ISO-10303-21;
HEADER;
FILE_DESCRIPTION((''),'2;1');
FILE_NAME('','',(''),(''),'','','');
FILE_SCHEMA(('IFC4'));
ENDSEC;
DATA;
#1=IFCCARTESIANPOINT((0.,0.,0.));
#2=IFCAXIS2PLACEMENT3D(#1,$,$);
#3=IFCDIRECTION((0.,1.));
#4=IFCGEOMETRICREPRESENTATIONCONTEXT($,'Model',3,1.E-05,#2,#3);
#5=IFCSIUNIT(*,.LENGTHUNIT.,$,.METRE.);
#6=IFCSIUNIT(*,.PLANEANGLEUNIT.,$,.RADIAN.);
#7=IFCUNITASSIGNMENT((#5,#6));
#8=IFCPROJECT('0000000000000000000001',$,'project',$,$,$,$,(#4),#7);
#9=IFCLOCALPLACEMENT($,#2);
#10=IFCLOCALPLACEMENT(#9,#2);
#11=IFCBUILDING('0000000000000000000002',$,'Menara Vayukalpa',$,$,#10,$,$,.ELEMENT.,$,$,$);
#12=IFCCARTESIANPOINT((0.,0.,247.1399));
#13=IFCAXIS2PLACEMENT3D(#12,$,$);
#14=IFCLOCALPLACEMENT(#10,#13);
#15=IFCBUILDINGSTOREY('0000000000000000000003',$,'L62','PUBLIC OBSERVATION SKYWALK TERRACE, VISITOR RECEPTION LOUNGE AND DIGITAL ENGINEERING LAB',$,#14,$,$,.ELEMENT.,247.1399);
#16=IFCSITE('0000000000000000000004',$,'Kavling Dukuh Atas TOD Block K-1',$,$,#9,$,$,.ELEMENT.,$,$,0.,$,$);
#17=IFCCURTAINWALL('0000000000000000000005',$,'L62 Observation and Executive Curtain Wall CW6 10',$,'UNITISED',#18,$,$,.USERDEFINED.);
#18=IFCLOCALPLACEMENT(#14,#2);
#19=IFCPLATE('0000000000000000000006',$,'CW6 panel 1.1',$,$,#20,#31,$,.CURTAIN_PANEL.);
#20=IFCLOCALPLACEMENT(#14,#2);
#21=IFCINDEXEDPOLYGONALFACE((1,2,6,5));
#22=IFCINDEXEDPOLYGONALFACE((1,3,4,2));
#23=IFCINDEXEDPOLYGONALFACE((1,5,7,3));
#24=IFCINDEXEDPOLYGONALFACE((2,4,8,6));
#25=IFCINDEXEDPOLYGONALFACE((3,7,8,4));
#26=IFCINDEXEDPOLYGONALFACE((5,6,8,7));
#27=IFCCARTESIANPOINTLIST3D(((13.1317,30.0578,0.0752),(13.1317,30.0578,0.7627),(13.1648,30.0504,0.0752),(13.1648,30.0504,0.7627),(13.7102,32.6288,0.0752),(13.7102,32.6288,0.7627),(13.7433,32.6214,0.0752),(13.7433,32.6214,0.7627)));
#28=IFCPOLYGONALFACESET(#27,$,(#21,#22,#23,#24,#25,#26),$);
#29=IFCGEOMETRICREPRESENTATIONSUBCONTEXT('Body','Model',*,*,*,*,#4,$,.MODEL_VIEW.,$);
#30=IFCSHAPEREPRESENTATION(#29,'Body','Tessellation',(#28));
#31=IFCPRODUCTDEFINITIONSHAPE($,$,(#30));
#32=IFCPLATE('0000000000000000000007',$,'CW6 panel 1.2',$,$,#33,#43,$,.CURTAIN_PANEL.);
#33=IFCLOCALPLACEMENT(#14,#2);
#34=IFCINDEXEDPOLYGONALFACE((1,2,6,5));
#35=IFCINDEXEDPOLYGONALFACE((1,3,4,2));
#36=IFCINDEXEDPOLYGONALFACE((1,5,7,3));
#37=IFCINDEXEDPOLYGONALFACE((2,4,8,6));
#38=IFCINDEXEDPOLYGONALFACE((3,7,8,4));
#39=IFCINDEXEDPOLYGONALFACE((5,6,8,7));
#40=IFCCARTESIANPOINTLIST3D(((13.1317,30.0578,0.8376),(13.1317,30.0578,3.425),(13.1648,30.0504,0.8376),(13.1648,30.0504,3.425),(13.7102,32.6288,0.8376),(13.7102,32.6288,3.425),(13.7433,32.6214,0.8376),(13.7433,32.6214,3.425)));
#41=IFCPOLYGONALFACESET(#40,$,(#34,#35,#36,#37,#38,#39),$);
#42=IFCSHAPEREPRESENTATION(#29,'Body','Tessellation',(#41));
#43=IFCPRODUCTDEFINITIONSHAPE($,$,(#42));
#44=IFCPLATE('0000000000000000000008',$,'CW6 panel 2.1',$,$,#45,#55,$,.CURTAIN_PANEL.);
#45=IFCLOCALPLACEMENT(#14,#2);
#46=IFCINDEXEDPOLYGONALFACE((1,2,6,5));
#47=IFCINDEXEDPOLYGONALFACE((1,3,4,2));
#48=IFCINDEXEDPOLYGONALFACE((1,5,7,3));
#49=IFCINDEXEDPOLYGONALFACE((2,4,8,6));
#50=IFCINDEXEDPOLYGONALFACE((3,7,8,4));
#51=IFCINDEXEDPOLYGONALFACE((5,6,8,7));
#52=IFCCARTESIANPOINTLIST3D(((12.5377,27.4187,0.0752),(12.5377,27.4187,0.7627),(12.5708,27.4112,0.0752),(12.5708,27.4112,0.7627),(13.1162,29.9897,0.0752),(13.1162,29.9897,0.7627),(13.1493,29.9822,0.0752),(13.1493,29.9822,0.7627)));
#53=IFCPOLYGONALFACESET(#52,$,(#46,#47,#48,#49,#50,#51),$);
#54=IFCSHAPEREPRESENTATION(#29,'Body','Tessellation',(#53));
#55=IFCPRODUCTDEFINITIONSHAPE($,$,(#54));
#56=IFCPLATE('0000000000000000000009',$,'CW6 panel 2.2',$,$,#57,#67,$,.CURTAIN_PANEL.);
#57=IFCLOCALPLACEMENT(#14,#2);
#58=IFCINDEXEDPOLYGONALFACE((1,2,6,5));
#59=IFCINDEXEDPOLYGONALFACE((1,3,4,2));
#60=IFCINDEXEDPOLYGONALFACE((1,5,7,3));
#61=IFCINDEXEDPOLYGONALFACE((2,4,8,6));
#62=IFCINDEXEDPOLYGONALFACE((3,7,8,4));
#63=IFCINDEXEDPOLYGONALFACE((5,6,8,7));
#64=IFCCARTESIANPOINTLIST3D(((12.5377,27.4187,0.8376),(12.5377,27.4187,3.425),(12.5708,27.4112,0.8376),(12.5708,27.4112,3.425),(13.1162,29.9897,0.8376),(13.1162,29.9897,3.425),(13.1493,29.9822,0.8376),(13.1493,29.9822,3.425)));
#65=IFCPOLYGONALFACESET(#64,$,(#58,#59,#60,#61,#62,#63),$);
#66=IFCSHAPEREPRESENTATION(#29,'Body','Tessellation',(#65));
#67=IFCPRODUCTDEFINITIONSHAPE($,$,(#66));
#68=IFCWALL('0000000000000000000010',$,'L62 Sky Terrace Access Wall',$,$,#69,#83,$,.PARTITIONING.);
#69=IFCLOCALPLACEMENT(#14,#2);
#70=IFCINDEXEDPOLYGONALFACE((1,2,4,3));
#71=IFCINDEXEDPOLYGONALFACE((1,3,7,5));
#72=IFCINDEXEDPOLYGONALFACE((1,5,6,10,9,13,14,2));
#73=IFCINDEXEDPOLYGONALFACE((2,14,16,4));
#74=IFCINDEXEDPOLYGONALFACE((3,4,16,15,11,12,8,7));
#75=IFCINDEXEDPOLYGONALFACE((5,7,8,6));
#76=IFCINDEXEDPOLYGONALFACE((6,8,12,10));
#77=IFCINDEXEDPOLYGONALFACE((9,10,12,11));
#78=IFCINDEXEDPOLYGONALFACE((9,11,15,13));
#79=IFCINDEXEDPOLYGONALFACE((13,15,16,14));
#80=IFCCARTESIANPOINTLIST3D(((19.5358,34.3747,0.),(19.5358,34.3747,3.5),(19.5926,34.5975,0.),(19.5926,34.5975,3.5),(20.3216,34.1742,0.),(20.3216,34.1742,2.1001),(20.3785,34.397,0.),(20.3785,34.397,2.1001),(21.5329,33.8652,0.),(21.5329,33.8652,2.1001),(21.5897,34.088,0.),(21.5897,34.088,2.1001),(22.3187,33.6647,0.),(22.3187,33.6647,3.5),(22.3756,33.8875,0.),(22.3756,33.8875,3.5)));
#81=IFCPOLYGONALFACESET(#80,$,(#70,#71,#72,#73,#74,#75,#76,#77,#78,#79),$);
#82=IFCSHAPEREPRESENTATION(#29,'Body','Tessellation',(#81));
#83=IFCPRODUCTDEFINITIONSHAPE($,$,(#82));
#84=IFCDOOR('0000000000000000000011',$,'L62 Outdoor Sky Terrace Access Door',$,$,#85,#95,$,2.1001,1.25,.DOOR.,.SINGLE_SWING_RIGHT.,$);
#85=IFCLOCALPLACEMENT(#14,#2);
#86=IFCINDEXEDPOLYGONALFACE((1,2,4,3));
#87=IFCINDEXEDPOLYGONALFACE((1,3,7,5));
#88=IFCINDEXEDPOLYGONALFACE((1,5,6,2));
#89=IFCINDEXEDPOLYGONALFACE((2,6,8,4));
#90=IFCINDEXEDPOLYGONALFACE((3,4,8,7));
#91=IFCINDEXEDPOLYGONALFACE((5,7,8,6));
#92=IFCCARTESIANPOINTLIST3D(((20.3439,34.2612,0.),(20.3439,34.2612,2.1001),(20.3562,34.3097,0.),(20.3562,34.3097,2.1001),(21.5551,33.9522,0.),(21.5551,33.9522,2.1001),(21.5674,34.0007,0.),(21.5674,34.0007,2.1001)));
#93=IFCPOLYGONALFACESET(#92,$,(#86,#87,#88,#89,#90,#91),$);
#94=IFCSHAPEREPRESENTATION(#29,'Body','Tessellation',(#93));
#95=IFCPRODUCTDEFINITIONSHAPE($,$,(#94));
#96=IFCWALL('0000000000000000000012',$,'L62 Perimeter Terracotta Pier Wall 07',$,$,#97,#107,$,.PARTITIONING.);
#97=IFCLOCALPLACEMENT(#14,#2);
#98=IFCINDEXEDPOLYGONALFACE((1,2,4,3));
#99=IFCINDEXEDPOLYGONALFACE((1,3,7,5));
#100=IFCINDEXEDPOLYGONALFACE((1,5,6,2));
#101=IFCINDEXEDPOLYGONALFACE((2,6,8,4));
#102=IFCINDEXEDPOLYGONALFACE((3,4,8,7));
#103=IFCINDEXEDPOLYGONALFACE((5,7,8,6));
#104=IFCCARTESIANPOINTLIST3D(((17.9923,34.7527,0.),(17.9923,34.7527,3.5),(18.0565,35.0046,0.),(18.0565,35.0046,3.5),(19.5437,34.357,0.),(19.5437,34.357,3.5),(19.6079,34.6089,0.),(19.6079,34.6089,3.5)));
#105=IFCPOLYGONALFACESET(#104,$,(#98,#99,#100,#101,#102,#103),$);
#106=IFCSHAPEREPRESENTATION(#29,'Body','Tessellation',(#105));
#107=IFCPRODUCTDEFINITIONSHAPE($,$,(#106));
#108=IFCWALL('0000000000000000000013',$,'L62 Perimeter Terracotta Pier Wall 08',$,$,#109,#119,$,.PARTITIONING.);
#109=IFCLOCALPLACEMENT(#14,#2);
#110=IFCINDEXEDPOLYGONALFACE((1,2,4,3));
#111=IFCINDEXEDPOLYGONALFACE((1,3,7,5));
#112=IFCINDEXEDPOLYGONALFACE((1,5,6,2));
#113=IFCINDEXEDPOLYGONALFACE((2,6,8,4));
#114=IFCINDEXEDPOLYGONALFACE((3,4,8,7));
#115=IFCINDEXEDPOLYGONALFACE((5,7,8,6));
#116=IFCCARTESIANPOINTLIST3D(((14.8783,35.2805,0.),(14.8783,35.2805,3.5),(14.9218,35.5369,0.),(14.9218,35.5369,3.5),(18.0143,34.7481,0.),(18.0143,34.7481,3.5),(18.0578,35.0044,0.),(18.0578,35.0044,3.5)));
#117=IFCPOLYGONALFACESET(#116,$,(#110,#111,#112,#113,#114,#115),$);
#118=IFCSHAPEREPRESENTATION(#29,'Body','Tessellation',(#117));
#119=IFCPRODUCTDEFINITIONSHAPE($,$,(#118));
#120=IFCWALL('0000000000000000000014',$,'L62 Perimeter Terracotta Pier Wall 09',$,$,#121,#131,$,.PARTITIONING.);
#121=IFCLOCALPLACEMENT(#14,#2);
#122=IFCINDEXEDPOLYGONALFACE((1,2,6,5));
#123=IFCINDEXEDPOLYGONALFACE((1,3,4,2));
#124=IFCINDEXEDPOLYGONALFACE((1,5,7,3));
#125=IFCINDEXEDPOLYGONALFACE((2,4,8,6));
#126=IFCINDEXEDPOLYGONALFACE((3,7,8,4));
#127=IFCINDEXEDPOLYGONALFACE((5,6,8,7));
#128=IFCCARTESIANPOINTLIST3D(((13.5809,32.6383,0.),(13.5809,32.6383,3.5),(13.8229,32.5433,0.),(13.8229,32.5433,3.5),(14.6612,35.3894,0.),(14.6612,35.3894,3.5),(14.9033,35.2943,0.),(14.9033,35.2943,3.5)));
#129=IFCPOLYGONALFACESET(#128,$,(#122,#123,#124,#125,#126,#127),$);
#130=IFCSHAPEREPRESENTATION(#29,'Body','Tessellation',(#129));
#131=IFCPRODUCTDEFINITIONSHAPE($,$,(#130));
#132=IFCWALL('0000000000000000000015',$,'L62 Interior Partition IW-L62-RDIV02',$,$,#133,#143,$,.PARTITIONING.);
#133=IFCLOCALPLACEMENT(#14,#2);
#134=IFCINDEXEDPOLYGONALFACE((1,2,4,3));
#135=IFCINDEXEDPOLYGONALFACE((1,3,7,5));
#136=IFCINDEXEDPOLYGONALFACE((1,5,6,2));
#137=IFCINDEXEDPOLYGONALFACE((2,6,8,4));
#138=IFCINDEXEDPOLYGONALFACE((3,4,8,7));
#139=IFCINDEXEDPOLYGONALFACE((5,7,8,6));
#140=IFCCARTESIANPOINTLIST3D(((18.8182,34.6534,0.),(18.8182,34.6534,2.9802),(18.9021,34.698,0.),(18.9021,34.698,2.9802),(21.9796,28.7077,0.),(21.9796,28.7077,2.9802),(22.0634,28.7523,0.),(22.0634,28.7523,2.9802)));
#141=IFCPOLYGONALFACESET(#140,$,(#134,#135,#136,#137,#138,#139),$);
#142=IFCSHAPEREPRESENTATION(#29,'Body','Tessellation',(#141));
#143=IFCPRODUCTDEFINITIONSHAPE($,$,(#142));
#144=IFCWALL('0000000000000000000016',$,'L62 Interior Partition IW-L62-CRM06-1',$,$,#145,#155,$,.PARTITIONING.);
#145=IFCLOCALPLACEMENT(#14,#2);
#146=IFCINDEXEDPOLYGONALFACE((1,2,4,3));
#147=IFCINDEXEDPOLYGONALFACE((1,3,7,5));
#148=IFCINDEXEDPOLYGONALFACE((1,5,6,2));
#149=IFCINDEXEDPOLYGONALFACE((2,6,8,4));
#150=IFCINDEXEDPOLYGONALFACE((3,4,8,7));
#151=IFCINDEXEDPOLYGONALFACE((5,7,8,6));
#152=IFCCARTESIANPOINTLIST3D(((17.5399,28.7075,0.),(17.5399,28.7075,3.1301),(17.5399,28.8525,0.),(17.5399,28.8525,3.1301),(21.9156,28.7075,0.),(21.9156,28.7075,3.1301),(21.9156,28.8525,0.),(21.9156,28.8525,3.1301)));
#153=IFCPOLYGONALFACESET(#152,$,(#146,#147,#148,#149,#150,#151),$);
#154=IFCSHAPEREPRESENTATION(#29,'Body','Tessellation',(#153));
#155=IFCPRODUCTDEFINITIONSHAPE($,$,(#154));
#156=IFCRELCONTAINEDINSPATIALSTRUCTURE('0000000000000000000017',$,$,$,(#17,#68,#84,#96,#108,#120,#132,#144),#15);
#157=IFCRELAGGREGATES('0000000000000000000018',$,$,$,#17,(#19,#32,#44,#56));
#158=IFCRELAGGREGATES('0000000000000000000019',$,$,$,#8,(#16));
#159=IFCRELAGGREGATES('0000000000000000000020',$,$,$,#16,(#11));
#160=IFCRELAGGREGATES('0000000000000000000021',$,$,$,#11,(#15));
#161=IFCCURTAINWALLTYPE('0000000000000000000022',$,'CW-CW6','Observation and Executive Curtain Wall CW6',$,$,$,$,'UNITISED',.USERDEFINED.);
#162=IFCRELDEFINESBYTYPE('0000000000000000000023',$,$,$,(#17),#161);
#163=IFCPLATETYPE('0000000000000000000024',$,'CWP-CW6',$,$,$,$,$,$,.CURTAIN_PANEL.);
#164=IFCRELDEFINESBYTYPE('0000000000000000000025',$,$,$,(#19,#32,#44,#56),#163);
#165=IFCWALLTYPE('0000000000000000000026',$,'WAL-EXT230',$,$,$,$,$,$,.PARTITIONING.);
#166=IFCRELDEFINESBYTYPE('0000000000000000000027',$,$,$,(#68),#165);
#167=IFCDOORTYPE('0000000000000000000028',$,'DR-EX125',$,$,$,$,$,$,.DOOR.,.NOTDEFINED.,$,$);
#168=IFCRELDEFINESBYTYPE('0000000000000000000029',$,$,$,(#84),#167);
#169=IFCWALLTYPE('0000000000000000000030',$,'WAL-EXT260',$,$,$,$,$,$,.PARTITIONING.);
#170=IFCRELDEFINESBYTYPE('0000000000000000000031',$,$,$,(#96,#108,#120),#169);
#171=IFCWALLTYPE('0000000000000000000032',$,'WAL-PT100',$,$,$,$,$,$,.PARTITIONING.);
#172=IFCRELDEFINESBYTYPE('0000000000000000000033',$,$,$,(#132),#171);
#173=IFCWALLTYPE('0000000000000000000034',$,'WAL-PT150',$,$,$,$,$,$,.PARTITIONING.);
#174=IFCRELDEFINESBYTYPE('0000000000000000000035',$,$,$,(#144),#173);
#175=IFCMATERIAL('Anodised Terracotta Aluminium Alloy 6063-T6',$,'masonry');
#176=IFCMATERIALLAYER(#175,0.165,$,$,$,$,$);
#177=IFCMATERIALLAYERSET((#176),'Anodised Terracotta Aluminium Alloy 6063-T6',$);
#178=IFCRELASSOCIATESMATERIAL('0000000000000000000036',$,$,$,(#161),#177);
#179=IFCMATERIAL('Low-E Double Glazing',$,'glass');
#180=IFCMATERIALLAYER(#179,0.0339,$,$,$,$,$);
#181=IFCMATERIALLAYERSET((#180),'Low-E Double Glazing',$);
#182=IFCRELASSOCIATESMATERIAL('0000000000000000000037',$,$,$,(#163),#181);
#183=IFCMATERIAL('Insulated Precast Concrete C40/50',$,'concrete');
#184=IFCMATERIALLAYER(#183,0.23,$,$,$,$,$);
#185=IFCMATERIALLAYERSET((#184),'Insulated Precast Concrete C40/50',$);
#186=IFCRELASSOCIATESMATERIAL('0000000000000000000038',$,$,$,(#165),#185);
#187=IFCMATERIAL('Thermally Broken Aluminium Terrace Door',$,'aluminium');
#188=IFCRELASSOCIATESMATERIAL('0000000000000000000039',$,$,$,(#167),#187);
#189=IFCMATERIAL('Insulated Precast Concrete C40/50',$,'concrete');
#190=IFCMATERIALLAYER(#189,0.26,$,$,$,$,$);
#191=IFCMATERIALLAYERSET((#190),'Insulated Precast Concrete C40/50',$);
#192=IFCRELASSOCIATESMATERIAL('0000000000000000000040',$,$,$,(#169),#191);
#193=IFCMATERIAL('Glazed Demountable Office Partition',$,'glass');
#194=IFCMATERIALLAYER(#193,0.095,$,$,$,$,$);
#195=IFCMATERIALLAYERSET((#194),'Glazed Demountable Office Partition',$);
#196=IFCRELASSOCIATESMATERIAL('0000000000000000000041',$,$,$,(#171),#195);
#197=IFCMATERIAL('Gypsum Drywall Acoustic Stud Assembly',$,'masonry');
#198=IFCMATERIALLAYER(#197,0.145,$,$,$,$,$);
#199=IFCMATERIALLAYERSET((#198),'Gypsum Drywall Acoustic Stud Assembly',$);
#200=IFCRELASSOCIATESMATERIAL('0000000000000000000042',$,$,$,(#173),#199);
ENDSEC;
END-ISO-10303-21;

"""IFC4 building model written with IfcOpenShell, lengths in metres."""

from ifc_helpers import new_model, si_unit, direction, frame, frame_2d, origin, origin_2d, place, context, subcontext, project, spatial, rectangle, extrude, material, layer, layer_set, type_object, element, fill, aggregate, save


model = new_model("IFC4")

# Units and contexts
model_context = context("Model", 3, precision=1e-05, world=origin(), true_north=direction((0.0, 1.0)))
body_context = subcontext(model_context, "Body", "Model", "MODEL_VIEW")
ifc_project = project(units=[si_unit("LENGTHUNIT", "METRE"), si_unit("PLANEANGLEUNIT", "RADIAN")], contexts=[model_context])

# Site, building, storey
site_placement = place(None, origin())
site = spatial("IfcSite", under=ifc_project, at=site_placement, Name="Kavling Dukuh Atas TOD Block K-1", CompositionType="ELEMENT", RefElevation=0.0)
building_placement = place(site_placement, origin())
building = spatial("IfcBuilding", under=site, at=building_placement, Name="Menara Vayukalpa", CompositionType="ELEMENT")
storey_placement = place(building_placement, frame((0.0, 0.0, 247.1399)))
storey = spatial("IfcBuildingStorey", under=building, at=storey_placement, Name="L62", Description="PUBLIC OBSERVATION SKYWALK TERRACE, VISITOR RECEPTION LOUNGE AND DIGITAL ENGINEERING LAB", CompositionType="ELEMENT", Elevation=247.1399)

# Curtain wall
ifc_material_1 = material(Name="Anodised Terracotta Aluminium Alloy 6063-T6", Category="masonry")
ifc_layer_1 = layer(ifc_material_1, 0.165)
ifc_layer_set_1 = layer_set([ifc_layer_1], Name="Anodised Terracotta Aluminium Alloy 6063-T6")
curtain_wall_type = type_object("IfcCurtainWallType", Name="CW-CW6", Description="Observation and Executive Curtain Wall CW6", ElementType="UNITISED", PredefinedType="USERDEFINED", material=ifc_layer_set_1)
curtain_wall_1_placement = place(storey_placement, origin())
curtain_wall_1 = element("IfcCurtainWall", 1, at=curtain_wall_1_placement, inside=storey, type_object=curtain_wall_type, Name="L62 Observation and Executive Curtain Wall CW6 10", ObjectType="UNITISED", PredefinedType="USERDEFINED")

# Plates
ifc_material_2 = material(Name="Low-E Double Glazing", Category="glass")
ifc_layer_2 = layer(ifc_material_2, 0.0339)
ifc_layer_set_2 = layer_set([ifc_layer_2], Name="Low-E Double Glazing")
plate_type = type_object("IfcPlateType", Name="CWP-CW6", PredefinedType="CURTAIN_PANEL", material=ifc_layer_set_2)
plate_1_placement = place(storey_placement, frame((13.4375, 31.3396, 0.0752), z_axis=(0.0, 0.0, 1.0), x_axis=(-0.219515, -0.975609, 0.0)))
plate_1 = element("IfcPlate", 2, at=plate_1_placement, type_object=plate_type, Name="CW6 panel 1.1", PredefinedType="CURTAIN_PANEL", context=body_context, shape_type="SweptSolid", body=[
    extrude(rectangle(XDim=2.6353, YDim=0.0339, at=origin_2d()), origin(), (0.0, 0.0, 1.0), 0.6875),
])
plate_2_placement = place(storey_placement, frame((13.4375, 31.3396, 0.8376), z_axis=(0.0, 0.0, 1.0), x_axis=(-0.219515, -0.975609, 0.0)))
plate_2 = element("IfcPlate", 3, at=plate_2_placement, type_object=plate_type, Name="CW6 panel 1.2", PredefinedType="CURTAIN_PANEL", context=body_context, shape_type="SweptSolid", body=[
    extrude(rectangle(XDim=2.6353, YDim=0.0339, at=origin_2d()), origin(), (0.0, 0.0, 1.0), 2.5874),
])
plate_3_placement = place(storey_placement, frame((12.8435, 28.7004, 0.0752), z_axis=(0.0, 0.0, 1.0), x_axis=(-0.219515, -0.975609, 0.0)))
plate_3 = element("IfcPlate", 4, at=plate_3_placement, type_object=plate_type, Name="CW6 panel 2.1", PredefinedType="CURTAIN_PANEL", context=body_context, shape_type="SweptSolid", body=[
    extrude(rectangle(XDim=2.6353, YDim=0.0339, at=origin_2d()), origin(), (0.0, 0.0, 1.0), 0.6875),
])
plate_4_placement = place(storey_placement, frame((12.8435, 28.7004, 0.8376), z_axis=(0.0, 0.0, 1.0), x_axis=(-0.219515, -0.975609, 0.0)))
plate_4 = element("IfcPlate", 5, at=plate_4_placement, type_object=plate_type, Name="CW6 panel 2.2", PredefinedType="CURTAIN_PANEL", context=body_context, shape_type="SweptSolid", body=[
    extrude(rectangle(XDim=2.6353, YDim=0.0339, at=origin_2d()), origin(), (0.0, 0.0, 1.0), 2.5874),
])
aggregate(curtain_wall_1, [plate_1, plate_2, plate_3, plate_4])

# Wall, opening, door
ifc_material_3 = material(Name="Insulated Precast Concrete C40/50", Category="concrete")
ifc_layer_3 = layer(ifc_material_3, 0.23)
ifc_layer_set_3 = layer_set([ifc_layer_3], Name="Insulated Precast Concrete C40/50")
wall_type_1 = type_object("IfcWallType", Name="WAL-EXT230", PredefinedType="PARTITIONING", material=ifc_layer_set_3)
wall_1_placement = place(storey_placement, frame((19.5642, 34.4861, 0.0), z_axis=(0.0, 0.0, 1.0), x_axis=(0.968966, -0.247193, 0.0)))
wall_1 = element("IfcWall", 6, at=wall_1_placement, inside=storey, type_object=wall_type_1, Name="L62 Sky Terrace Access Wall", PredefinedType="PARTITIONING", context=body_context, shape_type="SweptSolid", body=[
    extrude(rectangle(XDim=2.8721, YDim=0.23, at=frame_2d((1.436, 0.0))), origin(), (0.0, 0.0, 1.0), 3.5),
])
opening_1_placement = place(wall_1_placement, frame((0.811, 0.0, 0.0)))
opening_1 = element("IfcOpeningElement", 7, at=opening_1_placement, cuts=wall_1, PredefinedType="OPENING", context=body_context, shape_type="SweptSolid", body=[
    extrude(rectangle(XDim=1.25, YDim=2.1001, at=frame_2d((0.625, 1.05))), frame((0.0, 0.125, 0.0), z_axis=(0.0, -1.0, 0.0), x_axis=(1.0, 0.0, 0.0)), (0.0, 0.0, 1.0), 0.25),
])
ifc_material_4 = material(Name="Thermally Broken Aluminium Terrace Door", Category="aluminium")
door_type_1 = type_object("IfcDoorType", Name="DR-EX125", OperationType="NOTDEFINED", PredefinedType="DOOR", material=ifc_material_4)
door_1_placement = place(opening_1_placement, origin())
door_1 = element("IfcDoor", 8, at=door_1_placement, inside=storey, type_object=door_type_1, Name="L62 Outdoor Sky Terrace Access Door", OperationType="SINGLE_SWING_RIGHT", OverallHeight=2.1001, OverallWidth=1.25, PredefinedType="DOOR", context=body_context, shape_type="SweptSolid", body=[
    extrude(rectangle(XDim=1.25, YDim=2.1001, at=frame_2d((0.625, 1.05))), frame((0.0, 0.0249, 0.0), z_axis=(0.0, -1.0, 0.0), x_axis=(1.0, 0.0, 0.0)), (0.0, 0.0, 1.0), 0.05),
])
fill(opening_1, door_1)

# Walls
ifc_material_5 = material(Name="Insulated Precast Concrete C40/50", Category="concrete")
ifc_layer_4 = layer(ifc_material_5, 0.26)
ifc_layer_set_4 = layer_set([ifc_layer_4], Name="Insulated Precast Concrete C40/50")
wall_type_2 = type_object("IfcWallType", Name="WAL-EXT260", PredefinedType="PARTITIONING", material=ifc_layer_set_4)
wall_2_placement = place(storey_placement, frame((18.0244, 34.8787, 0.0), z_axis=(0.0, 0.0, 1.0), x_axis=(0.968974, -0.247161, 0.0)))
element("IfcWall", 9, at=wall_2_placement, inside=storey, type_object=wall_type_2, Name="L62 Perimeter Terracotta Pier Wall 07", PredefinedType="PARTITIONING", context=body_context, shape_type="SweptSolid", body=[
    extrude(rectangle(XDim=1.6011, YDim=0.26, at=frame_2d((0.8005, 0.0))), origin(), (0.0, 0.0, 1.0), 3.5),
])
wall_3_placement = place(storey_placement, frame((14.9001, 35.4087, 0.0), z_axis=(0.0, 0.0, 1.0), x_axis=(0.985889, -0.167398, 0.0)))
element("IfcWall", 10, at=wall_3_placement, inside=storey, type_object=wall_type_2, Name="L62 Perimeter Terracotta Pier Wall 08", PredefinedType="PARTITIONING", context=body_context, shape_type="SweptSolid", body=[
    extrude(rectangle(XDim=3.1809, YDim=0.26, at=frame_2d((1.5903, 0.0))), origin(), (0.0, 0.0, 1.0), 3.5),
])
wall_4_placement = place(storey_placement, frame((13.7019, 32.5908, 0.0), z_axis=(0.0, 0.0, 1.0), x_axis=(0.36553, 0.9308, 0.0)))
element("IfcWall", 11, at=wall_4_placement, inside=storey, type_object=wall_type_2, Name="L62 Perimeter Terracotta Pier Wall 09", PredefinedType="PARTITIONING", context=body_context, shape_type="SweptSolid", body=[
    extrude(rectangle(XDim=2.9556, YDim=0.26, at=frame_2d((1.4778, 0.0))), origin(), (0.0, 0.0, 1.0), 3.5),
])
ifc_material_6 = material(Name="Glazed Demountable Office Partition", Category="glass")
ifc_layer_5 = layer(ifc_material_6, 0.095)
ifc_layer_set_5 = layer_set([ifc_layer_5], Name="Glazed Demountable Office Partition")
wall_type_3 = type_object("IfcWallType", Name="WAL-PT100", PredefinedType="PARTITIONING", material=ifc_layer_set_5)
wall_5_placement = place(storey_placement, frame((22.0215, 28.73, 0.0), z_axis=(0.0, 0.0, 1.0), x_axis=(-0.469464, 0.882951, 0.0)))
element("IfcWall", 12, at=wall_5_placement, inside=storey, type_object=wall_type_3, Name="L62 Interior Partition IW-L62-RDIV02", PredefinedType="PARTITIONING", context=body_context, shape_type="SweptSolid", body=[
    extrude(rectangle(XDim=6.7339, YDim=0.095, at=frame_2d((3.3669, 0.0))), origin(), (0.0, 0.0, 1.0), 2.9802),
])
ifc_material_7 = material(Name="Gypsum Drywall Acoustic Stud Assembly", Category="masonry")
ifc_layer_6 = layer(ifc_material_7, 0.145)
ifc_layer_set_6 = layer_set([ifc_layer_6], Name="Gypsum Drywall Acoustic Stud Assembly")
wall_type_4 = type_object("IfcWallType", Name="WAL-PT150", PredefinedType="PARTITIONING", material=ifc_layer_set_6)
wall_6_placement = place(storey_placement, frame((21.9158, 28.78, 0.0), z_axis=(0.0, 0.0, 1.0), x_axis=(-1.0, 0.0, 0.0)))
element("IfcWall", 13, at=wall_6_placement, inside=storey, type_object=wall_type_4, Name="L62 Interior Partition IW-L62-CRM06-1", PredefinedType="PARTITIONING", context=body_context, shape_type="SweptSolid", body=[
    extrude(rectangle(XDim=4.3757, YDim=0.145, at=frame_2d((2.188, 0.0))), origin(), (0.0, 0.0, 1.0), 3.1301),
])

save(model, "model.ifc")
